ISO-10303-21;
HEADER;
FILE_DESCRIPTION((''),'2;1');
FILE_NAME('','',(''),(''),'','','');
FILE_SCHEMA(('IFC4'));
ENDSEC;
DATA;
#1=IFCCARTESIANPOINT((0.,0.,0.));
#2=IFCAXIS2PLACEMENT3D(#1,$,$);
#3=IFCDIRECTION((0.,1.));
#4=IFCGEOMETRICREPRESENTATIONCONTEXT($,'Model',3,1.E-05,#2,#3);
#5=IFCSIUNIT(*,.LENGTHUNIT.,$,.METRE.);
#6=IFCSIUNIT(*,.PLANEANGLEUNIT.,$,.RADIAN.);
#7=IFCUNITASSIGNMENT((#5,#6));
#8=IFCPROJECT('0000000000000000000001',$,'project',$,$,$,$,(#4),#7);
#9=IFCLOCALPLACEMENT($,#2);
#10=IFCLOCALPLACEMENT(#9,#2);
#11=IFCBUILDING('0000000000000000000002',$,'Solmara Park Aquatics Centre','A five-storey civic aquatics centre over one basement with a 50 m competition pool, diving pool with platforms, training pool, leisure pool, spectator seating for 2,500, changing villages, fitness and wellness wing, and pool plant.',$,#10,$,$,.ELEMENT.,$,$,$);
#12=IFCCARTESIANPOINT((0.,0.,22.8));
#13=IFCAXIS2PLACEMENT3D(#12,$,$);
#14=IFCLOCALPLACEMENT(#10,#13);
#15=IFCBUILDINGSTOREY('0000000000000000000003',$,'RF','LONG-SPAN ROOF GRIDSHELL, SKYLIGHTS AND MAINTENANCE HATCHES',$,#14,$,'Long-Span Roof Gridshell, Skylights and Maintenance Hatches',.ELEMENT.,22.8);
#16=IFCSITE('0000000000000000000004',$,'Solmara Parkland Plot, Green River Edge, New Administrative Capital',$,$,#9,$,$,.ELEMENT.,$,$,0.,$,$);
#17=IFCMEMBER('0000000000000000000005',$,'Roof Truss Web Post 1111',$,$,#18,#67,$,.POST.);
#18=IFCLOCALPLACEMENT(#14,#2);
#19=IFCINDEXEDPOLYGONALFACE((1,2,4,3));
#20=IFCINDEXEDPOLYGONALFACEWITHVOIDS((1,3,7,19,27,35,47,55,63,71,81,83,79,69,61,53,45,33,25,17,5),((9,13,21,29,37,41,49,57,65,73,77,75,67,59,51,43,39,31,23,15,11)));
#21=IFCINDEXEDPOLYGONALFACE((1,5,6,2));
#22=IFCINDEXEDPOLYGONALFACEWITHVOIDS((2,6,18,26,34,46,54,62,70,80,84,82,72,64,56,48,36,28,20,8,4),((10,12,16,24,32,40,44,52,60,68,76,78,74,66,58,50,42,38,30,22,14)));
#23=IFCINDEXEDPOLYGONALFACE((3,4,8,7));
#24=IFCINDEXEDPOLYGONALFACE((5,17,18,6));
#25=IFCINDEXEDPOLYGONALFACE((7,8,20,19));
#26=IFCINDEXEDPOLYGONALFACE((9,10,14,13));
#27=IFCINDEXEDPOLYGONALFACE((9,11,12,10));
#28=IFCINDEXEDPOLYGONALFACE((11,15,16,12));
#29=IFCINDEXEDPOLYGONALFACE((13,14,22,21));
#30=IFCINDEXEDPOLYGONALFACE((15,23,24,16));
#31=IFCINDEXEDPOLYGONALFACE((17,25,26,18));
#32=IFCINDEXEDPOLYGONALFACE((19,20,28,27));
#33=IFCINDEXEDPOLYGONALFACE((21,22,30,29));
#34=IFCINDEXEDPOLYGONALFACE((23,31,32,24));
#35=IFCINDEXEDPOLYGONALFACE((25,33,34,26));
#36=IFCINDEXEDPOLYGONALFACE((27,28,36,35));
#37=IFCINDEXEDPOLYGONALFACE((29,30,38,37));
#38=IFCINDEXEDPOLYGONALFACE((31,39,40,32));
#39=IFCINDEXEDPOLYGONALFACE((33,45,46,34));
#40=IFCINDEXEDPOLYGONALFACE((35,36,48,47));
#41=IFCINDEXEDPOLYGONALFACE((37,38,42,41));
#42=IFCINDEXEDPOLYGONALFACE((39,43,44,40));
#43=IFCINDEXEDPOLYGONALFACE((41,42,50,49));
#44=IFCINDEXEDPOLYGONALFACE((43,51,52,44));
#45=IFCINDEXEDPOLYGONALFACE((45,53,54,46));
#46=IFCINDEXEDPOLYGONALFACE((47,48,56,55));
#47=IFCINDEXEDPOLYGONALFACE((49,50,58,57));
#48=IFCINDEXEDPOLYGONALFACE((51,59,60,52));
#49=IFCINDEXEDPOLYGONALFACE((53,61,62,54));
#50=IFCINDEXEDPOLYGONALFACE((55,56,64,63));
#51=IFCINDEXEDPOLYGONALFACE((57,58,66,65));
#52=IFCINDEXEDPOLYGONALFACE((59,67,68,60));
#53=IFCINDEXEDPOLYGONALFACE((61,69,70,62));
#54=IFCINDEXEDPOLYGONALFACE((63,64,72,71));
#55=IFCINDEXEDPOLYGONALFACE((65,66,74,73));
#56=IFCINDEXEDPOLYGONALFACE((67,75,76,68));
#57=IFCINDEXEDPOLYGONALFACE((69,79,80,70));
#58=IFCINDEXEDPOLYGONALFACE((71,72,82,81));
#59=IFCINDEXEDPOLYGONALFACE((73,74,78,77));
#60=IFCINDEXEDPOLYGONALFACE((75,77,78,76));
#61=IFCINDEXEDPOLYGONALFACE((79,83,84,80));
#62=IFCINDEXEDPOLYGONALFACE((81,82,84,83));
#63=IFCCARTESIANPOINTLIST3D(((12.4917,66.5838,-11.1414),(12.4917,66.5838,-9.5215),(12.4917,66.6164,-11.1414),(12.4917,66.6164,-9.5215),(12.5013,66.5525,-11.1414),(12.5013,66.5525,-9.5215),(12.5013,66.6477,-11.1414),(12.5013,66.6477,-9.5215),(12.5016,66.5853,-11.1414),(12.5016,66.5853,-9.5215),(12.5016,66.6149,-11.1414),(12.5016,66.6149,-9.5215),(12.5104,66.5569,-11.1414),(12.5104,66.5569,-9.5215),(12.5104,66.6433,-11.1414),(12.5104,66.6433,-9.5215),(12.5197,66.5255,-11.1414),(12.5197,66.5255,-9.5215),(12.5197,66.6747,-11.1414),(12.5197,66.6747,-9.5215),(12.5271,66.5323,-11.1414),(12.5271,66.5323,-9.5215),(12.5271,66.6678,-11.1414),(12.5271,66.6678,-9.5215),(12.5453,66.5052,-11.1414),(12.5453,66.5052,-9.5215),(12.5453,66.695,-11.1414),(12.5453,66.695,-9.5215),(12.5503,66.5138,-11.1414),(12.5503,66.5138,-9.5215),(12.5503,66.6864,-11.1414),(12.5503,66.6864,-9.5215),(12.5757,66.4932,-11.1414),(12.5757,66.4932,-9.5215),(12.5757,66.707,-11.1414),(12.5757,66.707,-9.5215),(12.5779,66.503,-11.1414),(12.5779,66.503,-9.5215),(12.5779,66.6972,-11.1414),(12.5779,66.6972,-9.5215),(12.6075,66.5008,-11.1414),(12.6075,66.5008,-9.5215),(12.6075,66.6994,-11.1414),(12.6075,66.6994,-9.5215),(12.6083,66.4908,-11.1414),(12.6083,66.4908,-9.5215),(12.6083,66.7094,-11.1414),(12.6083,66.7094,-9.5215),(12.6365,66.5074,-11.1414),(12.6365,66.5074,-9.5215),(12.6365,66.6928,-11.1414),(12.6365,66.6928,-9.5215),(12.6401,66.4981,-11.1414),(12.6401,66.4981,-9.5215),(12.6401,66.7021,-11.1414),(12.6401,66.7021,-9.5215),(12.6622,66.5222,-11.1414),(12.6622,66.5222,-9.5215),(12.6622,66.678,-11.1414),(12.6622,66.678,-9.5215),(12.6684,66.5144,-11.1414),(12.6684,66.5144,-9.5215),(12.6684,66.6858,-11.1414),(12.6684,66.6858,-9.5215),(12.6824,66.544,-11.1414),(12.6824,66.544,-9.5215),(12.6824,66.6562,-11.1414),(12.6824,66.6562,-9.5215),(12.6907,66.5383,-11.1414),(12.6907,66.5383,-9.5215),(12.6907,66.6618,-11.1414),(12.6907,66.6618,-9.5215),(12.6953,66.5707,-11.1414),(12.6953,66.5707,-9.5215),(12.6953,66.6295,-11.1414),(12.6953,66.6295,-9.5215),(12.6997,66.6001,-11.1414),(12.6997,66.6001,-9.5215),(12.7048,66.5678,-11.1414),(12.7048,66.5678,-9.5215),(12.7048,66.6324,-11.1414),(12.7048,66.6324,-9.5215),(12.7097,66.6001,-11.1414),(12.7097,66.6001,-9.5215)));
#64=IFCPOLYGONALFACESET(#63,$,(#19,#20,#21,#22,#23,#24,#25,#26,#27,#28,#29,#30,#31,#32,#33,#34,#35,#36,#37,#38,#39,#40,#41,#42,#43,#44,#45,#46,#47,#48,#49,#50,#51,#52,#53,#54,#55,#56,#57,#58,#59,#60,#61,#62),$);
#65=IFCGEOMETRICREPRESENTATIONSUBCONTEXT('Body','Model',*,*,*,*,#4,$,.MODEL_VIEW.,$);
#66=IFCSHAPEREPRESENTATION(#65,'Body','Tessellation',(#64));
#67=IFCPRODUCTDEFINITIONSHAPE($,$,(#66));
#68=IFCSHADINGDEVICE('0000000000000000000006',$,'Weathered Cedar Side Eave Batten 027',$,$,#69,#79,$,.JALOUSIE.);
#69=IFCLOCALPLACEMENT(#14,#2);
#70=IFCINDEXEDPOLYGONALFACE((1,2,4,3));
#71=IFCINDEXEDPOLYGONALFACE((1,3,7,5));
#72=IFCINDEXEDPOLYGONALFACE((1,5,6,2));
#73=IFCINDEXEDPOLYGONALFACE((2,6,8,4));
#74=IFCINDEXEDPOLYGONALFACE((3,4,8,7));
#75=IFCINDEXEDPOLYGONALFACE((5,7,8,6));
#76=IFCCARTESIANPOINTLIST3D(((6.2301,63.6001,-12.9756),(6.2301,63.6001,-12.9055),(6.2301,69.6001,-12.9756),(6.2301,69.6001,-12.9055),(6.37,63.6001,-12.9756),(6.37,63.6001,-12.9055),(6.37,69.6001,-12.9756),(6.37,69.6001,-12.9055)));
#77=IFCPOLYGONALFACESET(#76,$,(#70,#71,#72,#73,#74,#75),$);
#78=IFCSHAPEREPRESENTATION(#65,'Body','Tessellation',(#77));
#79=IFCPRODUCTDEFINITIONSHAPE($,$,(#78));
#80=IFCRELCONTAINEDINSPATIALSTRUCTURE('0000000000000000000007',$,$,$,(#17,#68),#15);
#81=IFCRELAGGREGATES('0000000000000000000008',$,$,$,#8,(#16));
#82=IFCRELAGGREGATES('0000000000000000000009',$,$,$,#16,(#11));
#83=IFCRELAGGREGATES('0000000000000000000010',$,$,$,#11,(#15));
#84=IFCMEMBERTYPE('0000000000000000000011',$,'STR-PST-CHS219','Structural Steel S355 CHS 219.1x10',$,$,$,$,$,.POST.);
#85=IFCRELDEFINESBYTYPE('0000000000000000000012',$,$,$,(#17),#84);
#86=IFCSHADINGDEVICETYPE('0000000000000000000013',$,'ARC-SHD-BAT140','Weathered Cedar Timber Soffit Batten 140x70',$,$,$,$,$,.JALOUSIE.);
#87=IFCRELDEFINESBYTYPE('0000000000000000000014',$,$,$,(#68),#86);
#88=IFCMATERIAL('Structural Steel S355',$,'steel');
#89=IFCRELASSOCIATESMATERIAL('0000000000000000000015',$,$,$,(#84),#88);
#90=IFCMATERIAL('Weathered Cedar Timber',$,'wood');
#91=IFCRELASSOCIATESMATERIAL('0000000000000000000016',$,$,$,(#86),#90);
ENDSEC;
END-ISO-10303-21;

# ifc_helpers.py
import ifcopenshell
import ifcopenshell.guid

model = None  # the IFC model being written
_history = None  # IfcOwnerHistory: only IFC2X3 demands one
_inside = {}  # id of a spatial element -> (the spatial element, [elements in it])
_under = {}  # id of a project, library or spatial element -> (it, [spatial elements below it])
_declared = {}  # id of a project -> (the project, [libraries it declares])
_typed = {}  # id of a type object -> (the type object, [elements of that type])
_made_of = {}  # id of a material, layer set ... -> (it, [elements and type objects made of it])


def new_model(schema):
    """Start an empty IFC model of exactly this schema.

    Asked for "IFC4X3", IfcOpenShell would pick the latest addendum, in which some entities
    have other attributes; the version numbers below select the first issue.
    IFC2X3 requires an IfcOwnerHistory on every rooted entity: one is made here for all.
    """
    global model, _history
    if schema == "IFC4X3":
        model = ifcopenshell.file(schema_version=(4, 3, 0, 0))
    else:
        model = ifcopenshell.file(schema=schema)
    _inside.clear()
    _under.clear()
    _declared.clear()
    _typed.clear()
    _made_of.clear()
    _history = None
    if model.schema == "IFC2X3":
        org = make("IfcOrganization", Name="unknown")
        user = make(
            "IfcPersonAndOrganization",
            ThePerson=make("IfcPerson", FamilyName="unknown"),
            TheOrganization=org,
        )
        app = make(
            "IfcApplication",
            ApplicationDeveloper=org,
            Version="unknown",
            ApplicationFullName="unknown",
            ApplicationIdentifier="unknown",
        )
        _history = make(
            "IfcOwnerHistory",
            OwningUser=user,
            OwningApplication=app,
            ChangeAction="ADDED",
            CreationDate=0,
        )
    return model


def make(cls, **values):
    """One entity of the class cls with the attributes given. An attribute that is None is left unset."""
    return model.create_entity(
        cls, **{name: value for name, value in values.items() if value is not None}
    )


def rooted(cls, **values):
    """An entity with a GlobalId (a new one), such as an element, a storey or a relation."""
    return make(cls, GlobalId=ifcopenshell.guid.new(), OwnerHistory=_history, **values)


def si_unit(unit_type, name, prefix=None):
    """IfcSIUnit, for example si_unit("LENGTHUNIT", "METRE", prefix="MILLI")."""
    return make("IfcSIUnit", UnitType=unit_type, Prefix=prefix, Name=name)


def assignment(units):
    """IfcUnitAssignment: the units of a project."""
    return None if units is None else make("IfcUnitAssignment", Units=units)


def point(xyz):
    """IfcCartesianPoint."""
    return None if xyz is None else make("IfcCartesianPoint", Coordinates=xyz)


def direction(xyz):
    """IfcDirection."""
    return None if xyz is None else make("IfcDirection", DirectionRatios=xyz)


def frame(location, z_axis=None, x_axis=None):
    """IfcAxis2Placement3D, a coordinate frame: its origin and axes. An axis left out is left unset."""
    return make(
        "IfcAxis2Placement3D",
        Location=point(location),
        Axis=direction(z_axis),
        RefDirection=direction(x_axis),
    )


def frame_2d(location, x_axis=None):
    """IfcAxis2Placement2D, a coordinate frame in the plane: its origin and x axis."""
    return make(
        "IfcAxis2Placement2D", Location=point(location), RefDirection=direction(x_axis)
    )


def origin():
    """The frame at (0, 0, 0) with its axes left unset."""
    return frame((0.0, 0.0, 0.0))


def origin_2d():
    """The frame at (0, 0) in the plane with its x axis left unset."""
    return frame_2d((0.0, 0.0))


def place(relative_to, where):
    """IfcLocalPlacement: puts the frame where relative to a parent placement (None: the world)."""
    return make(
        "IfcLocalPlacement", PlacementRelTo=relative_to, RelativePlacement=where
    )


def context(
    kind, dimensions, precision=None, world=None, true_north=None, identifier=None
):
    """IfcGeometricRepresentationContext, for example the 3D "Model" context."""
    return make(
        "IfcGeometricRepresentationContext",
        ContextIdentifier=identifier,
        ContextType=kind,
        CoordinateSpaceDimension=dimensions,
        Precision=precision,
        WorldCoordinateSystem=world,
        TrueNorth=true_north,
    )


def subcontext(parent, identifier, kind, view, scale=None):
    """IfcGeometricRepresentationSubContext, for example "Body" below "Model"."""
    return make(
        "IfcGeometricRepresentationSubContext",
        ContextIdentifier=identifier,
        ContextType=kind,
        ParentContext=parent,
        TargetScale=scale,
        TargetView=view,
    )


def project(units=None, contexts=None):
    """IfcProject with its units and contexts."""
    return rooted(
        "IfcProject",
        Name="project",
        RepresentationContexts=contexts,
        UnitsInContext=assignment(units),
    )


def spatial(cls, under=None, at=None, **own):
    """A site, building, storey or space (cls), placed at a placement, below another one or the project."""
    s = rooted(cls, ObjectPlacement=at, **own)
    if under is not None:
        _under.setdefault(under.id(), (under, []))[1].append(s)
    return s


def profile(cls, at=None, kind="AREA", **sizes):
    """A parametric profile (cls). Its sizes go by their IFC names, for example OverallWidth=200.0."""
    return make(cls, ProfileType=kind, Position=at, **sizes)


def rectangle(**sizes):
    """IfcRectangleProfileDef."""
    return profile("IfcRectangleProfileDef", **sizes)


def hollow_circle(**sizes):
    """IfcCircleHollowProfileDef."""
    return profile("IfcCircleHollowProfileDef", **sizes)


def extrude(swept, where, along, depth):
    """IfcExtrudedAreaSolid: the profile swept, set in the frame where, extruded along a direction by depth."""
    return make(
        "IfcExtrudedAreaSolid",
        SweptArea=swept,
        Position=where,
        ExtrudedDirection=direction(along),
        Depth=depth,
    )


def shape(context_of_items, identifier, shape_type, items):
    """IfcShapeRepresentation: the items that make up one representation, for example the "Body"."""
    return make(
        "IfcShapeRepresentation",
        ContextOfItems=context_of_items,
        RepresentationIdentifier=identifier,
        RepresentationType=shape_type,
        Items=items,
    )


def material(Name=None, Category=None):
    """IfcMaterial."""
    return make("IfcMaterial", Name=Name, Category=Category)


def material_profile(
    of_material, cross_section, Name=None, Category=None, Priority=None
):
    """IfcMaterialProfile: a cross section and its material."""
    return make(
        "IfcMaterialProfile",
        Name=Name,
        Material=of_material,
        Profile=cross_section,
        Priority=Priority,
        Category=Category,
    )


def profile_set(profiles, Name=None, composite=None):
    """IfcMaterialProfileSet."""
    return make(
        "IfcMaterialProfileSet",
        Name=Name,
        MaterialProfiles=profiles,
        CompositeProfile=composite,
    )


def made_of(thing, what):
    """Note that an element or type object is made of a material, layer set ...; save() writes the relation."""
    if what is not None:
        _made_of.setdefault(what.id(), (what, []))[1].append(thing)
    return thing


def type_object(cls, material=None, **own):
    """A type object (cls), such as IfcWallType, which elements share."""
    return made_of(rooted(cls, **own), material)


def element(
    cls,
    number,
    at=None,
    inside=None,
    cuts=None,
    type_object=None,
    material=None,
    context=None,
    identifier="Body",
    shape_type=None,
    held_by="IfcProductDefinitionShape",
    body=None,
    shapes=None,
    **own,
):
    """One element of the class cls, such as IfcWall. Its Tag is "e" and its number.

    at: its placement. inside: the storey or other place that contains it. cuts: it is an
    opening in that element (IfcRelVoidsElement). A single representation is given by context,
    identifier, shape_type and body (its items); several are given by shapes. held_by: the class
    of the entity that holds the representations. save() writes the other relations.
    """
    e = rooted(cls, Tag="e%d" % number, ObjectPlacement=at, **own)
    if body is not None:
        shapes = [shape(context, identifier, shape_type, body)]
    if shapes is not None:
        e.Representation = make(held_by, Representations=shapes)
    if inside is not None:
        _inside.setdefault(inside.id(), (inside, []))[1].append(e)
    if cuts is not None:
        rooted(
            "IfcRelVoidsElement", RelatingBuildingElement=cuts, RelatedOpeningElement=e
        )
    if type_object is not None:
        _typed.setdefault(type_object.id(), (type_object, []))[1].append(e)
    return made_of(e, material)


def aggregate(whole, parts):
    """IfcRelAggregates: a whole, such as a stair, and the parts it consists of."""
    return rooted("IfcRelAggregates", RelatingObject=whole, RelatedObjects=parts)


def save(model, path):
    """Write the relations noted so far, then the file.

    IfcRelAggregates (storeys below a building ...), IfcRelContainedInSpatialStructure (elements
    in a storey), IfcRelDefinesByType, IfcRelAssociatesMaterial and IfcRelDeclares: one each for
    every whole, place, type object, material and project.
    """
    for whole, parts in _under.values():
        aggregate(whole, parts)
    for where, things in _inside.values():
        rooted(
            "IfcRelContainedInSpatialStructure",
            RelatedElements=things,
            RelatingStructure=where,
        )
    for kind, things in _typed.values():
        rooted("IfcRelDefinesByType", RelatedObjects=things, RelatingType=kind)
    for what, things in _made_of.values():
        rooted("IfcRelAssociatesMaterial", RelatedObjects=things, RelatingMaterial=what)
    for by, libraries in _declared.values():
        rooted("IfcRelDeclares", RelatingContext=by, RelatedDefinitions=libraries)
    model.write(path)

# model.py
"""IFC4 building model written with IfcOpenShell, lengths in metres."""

from ifc_helpers import new_model, si_unit, direction, frame, origin, origin_2d, place, context, subcontext, project, spatial, rectangle, hollow_circle, extrude, material, material_profile, profile_set, type_object, element, save


model = new_model("IFC4")

# Units and contexts
model_context = context("Model", 3, precision=1e-05, world=origin(), true_north=direction((0.0, 1.0)))
body_context = subcontext(model_context, "Body", "Model", "MODEL_VIEW")
ifc_project = project(units=[si_unit("LENGTHUNIT", "METRE"), si_unit("PLANEANGLEUNIT", "RADIAN")], contexts=[model_context])

# Site, building, storey
site_placement = place(None, origin())
site = spatial("IfcSite", under=ifc_project, at=site_placement, Name="Solmara Parkland Plot, Green River Edge, New Administrative Capital", CompositionType="ELEMENT", RefElevation=0.0)
building_placement = place(site_placement, origin())
building = spatial("IfcBuilding", under=site, at=building_placement, Name="Solmara Park Aquatics Centre", Description="A five-storey civic aquatics centre over one basement with a 50 m competition pool, diving pool with platforms, training pool, leisure pool, spectator seating for 2,500, changing villages, fitness and wellness wing, and pool plant.", CompositionType="ELEMENT")
storey_placement = place(building_placement, frame((0.0, 0.0, 22.8)))
storey = spatial("IfcBuildingStorey", under=building, at=storey_placement, Name="RF", Description="LONG-SPAN ROOF GRIDSHELL, SKYLIGHTS AND MAINTENANCE HATCHES", LongName="Long-Span Roof Gridshell, Skylights and Maintenance Hatches", CompositionType="ELEMENT", Elevation=22.8)

# Member
ifc_material_1 = material(Name="Structural Steel S355", Category="steel")
ifc_material_profile_1 = material_profile(ifc_material_1, hollow_circle(Radius=0.1096, WallThickness=0.01, at=origin_2d()), Name="CHS 219.1x10")
ifc_profile_set_1 = profile_set([ifc_material_profile_1], Name="Structural Steel S355")
member_type_1 = type_object("IfcMemberType", Name="STR-PST-CHS219", Description="Structural Steel S355 CHS 219.1x10", PredefinedType="POST", material=ifc_profile_set_1)
member_1_placement = place(storey_placement, frame((12.6001, 66.6001, -11.1414), z_axis=(0.0, 0.0, 1.0), x_axis=(1.0, 0.0, 0.0)))
element("IfcMember", 1, at=member_1_placement, inside=storey, type_object=member_type_1, Name="Roof Truss Web Post 1111", PredefinedType="POST", context=body_context, shape_type="SweptSolid", body=[
    extrude(hollow_circle(Radius=0.1096, WallThickness=0.01, at=origin_2d()), origin(), (0.0, 0.0, 1.0), 1.6199),
])

# Shading device
ifc_material_2 = material(Name="Weathered Cedar Timber", Category="wood")
shading_device_type = type_object("IfcShadingDeviceType", Name="ARC-SHD-BAT140", Description="Weathered Cedar Timber Soffit Batten 140x70", PredefinedType="JALOUSIE", material=ifc_material_2)
shading_device_placement = place(storey_placement, frame((6.3, 66.6001, -12.9756), z_axis=(0.0, 0.0, 1.0), x_axis=(1.0, 0.0, 0.0)))
element("IfcShadingDevice", 2, at=shading_device_placement, inside=storey, type_object=shading_device_type, Name="Weathered Cedar Side Eave Batten 027", PredefinedType="JALOUSIE", context=body_context, shape_type="SweptSolid", body=[
    extrude(rectangle(XDim=0.1399, YDim=6.0, at=origin_2d()), origin(), (0.0, 0.0, 1.0), 0.0701),
])

save(model, "model.ifc")
